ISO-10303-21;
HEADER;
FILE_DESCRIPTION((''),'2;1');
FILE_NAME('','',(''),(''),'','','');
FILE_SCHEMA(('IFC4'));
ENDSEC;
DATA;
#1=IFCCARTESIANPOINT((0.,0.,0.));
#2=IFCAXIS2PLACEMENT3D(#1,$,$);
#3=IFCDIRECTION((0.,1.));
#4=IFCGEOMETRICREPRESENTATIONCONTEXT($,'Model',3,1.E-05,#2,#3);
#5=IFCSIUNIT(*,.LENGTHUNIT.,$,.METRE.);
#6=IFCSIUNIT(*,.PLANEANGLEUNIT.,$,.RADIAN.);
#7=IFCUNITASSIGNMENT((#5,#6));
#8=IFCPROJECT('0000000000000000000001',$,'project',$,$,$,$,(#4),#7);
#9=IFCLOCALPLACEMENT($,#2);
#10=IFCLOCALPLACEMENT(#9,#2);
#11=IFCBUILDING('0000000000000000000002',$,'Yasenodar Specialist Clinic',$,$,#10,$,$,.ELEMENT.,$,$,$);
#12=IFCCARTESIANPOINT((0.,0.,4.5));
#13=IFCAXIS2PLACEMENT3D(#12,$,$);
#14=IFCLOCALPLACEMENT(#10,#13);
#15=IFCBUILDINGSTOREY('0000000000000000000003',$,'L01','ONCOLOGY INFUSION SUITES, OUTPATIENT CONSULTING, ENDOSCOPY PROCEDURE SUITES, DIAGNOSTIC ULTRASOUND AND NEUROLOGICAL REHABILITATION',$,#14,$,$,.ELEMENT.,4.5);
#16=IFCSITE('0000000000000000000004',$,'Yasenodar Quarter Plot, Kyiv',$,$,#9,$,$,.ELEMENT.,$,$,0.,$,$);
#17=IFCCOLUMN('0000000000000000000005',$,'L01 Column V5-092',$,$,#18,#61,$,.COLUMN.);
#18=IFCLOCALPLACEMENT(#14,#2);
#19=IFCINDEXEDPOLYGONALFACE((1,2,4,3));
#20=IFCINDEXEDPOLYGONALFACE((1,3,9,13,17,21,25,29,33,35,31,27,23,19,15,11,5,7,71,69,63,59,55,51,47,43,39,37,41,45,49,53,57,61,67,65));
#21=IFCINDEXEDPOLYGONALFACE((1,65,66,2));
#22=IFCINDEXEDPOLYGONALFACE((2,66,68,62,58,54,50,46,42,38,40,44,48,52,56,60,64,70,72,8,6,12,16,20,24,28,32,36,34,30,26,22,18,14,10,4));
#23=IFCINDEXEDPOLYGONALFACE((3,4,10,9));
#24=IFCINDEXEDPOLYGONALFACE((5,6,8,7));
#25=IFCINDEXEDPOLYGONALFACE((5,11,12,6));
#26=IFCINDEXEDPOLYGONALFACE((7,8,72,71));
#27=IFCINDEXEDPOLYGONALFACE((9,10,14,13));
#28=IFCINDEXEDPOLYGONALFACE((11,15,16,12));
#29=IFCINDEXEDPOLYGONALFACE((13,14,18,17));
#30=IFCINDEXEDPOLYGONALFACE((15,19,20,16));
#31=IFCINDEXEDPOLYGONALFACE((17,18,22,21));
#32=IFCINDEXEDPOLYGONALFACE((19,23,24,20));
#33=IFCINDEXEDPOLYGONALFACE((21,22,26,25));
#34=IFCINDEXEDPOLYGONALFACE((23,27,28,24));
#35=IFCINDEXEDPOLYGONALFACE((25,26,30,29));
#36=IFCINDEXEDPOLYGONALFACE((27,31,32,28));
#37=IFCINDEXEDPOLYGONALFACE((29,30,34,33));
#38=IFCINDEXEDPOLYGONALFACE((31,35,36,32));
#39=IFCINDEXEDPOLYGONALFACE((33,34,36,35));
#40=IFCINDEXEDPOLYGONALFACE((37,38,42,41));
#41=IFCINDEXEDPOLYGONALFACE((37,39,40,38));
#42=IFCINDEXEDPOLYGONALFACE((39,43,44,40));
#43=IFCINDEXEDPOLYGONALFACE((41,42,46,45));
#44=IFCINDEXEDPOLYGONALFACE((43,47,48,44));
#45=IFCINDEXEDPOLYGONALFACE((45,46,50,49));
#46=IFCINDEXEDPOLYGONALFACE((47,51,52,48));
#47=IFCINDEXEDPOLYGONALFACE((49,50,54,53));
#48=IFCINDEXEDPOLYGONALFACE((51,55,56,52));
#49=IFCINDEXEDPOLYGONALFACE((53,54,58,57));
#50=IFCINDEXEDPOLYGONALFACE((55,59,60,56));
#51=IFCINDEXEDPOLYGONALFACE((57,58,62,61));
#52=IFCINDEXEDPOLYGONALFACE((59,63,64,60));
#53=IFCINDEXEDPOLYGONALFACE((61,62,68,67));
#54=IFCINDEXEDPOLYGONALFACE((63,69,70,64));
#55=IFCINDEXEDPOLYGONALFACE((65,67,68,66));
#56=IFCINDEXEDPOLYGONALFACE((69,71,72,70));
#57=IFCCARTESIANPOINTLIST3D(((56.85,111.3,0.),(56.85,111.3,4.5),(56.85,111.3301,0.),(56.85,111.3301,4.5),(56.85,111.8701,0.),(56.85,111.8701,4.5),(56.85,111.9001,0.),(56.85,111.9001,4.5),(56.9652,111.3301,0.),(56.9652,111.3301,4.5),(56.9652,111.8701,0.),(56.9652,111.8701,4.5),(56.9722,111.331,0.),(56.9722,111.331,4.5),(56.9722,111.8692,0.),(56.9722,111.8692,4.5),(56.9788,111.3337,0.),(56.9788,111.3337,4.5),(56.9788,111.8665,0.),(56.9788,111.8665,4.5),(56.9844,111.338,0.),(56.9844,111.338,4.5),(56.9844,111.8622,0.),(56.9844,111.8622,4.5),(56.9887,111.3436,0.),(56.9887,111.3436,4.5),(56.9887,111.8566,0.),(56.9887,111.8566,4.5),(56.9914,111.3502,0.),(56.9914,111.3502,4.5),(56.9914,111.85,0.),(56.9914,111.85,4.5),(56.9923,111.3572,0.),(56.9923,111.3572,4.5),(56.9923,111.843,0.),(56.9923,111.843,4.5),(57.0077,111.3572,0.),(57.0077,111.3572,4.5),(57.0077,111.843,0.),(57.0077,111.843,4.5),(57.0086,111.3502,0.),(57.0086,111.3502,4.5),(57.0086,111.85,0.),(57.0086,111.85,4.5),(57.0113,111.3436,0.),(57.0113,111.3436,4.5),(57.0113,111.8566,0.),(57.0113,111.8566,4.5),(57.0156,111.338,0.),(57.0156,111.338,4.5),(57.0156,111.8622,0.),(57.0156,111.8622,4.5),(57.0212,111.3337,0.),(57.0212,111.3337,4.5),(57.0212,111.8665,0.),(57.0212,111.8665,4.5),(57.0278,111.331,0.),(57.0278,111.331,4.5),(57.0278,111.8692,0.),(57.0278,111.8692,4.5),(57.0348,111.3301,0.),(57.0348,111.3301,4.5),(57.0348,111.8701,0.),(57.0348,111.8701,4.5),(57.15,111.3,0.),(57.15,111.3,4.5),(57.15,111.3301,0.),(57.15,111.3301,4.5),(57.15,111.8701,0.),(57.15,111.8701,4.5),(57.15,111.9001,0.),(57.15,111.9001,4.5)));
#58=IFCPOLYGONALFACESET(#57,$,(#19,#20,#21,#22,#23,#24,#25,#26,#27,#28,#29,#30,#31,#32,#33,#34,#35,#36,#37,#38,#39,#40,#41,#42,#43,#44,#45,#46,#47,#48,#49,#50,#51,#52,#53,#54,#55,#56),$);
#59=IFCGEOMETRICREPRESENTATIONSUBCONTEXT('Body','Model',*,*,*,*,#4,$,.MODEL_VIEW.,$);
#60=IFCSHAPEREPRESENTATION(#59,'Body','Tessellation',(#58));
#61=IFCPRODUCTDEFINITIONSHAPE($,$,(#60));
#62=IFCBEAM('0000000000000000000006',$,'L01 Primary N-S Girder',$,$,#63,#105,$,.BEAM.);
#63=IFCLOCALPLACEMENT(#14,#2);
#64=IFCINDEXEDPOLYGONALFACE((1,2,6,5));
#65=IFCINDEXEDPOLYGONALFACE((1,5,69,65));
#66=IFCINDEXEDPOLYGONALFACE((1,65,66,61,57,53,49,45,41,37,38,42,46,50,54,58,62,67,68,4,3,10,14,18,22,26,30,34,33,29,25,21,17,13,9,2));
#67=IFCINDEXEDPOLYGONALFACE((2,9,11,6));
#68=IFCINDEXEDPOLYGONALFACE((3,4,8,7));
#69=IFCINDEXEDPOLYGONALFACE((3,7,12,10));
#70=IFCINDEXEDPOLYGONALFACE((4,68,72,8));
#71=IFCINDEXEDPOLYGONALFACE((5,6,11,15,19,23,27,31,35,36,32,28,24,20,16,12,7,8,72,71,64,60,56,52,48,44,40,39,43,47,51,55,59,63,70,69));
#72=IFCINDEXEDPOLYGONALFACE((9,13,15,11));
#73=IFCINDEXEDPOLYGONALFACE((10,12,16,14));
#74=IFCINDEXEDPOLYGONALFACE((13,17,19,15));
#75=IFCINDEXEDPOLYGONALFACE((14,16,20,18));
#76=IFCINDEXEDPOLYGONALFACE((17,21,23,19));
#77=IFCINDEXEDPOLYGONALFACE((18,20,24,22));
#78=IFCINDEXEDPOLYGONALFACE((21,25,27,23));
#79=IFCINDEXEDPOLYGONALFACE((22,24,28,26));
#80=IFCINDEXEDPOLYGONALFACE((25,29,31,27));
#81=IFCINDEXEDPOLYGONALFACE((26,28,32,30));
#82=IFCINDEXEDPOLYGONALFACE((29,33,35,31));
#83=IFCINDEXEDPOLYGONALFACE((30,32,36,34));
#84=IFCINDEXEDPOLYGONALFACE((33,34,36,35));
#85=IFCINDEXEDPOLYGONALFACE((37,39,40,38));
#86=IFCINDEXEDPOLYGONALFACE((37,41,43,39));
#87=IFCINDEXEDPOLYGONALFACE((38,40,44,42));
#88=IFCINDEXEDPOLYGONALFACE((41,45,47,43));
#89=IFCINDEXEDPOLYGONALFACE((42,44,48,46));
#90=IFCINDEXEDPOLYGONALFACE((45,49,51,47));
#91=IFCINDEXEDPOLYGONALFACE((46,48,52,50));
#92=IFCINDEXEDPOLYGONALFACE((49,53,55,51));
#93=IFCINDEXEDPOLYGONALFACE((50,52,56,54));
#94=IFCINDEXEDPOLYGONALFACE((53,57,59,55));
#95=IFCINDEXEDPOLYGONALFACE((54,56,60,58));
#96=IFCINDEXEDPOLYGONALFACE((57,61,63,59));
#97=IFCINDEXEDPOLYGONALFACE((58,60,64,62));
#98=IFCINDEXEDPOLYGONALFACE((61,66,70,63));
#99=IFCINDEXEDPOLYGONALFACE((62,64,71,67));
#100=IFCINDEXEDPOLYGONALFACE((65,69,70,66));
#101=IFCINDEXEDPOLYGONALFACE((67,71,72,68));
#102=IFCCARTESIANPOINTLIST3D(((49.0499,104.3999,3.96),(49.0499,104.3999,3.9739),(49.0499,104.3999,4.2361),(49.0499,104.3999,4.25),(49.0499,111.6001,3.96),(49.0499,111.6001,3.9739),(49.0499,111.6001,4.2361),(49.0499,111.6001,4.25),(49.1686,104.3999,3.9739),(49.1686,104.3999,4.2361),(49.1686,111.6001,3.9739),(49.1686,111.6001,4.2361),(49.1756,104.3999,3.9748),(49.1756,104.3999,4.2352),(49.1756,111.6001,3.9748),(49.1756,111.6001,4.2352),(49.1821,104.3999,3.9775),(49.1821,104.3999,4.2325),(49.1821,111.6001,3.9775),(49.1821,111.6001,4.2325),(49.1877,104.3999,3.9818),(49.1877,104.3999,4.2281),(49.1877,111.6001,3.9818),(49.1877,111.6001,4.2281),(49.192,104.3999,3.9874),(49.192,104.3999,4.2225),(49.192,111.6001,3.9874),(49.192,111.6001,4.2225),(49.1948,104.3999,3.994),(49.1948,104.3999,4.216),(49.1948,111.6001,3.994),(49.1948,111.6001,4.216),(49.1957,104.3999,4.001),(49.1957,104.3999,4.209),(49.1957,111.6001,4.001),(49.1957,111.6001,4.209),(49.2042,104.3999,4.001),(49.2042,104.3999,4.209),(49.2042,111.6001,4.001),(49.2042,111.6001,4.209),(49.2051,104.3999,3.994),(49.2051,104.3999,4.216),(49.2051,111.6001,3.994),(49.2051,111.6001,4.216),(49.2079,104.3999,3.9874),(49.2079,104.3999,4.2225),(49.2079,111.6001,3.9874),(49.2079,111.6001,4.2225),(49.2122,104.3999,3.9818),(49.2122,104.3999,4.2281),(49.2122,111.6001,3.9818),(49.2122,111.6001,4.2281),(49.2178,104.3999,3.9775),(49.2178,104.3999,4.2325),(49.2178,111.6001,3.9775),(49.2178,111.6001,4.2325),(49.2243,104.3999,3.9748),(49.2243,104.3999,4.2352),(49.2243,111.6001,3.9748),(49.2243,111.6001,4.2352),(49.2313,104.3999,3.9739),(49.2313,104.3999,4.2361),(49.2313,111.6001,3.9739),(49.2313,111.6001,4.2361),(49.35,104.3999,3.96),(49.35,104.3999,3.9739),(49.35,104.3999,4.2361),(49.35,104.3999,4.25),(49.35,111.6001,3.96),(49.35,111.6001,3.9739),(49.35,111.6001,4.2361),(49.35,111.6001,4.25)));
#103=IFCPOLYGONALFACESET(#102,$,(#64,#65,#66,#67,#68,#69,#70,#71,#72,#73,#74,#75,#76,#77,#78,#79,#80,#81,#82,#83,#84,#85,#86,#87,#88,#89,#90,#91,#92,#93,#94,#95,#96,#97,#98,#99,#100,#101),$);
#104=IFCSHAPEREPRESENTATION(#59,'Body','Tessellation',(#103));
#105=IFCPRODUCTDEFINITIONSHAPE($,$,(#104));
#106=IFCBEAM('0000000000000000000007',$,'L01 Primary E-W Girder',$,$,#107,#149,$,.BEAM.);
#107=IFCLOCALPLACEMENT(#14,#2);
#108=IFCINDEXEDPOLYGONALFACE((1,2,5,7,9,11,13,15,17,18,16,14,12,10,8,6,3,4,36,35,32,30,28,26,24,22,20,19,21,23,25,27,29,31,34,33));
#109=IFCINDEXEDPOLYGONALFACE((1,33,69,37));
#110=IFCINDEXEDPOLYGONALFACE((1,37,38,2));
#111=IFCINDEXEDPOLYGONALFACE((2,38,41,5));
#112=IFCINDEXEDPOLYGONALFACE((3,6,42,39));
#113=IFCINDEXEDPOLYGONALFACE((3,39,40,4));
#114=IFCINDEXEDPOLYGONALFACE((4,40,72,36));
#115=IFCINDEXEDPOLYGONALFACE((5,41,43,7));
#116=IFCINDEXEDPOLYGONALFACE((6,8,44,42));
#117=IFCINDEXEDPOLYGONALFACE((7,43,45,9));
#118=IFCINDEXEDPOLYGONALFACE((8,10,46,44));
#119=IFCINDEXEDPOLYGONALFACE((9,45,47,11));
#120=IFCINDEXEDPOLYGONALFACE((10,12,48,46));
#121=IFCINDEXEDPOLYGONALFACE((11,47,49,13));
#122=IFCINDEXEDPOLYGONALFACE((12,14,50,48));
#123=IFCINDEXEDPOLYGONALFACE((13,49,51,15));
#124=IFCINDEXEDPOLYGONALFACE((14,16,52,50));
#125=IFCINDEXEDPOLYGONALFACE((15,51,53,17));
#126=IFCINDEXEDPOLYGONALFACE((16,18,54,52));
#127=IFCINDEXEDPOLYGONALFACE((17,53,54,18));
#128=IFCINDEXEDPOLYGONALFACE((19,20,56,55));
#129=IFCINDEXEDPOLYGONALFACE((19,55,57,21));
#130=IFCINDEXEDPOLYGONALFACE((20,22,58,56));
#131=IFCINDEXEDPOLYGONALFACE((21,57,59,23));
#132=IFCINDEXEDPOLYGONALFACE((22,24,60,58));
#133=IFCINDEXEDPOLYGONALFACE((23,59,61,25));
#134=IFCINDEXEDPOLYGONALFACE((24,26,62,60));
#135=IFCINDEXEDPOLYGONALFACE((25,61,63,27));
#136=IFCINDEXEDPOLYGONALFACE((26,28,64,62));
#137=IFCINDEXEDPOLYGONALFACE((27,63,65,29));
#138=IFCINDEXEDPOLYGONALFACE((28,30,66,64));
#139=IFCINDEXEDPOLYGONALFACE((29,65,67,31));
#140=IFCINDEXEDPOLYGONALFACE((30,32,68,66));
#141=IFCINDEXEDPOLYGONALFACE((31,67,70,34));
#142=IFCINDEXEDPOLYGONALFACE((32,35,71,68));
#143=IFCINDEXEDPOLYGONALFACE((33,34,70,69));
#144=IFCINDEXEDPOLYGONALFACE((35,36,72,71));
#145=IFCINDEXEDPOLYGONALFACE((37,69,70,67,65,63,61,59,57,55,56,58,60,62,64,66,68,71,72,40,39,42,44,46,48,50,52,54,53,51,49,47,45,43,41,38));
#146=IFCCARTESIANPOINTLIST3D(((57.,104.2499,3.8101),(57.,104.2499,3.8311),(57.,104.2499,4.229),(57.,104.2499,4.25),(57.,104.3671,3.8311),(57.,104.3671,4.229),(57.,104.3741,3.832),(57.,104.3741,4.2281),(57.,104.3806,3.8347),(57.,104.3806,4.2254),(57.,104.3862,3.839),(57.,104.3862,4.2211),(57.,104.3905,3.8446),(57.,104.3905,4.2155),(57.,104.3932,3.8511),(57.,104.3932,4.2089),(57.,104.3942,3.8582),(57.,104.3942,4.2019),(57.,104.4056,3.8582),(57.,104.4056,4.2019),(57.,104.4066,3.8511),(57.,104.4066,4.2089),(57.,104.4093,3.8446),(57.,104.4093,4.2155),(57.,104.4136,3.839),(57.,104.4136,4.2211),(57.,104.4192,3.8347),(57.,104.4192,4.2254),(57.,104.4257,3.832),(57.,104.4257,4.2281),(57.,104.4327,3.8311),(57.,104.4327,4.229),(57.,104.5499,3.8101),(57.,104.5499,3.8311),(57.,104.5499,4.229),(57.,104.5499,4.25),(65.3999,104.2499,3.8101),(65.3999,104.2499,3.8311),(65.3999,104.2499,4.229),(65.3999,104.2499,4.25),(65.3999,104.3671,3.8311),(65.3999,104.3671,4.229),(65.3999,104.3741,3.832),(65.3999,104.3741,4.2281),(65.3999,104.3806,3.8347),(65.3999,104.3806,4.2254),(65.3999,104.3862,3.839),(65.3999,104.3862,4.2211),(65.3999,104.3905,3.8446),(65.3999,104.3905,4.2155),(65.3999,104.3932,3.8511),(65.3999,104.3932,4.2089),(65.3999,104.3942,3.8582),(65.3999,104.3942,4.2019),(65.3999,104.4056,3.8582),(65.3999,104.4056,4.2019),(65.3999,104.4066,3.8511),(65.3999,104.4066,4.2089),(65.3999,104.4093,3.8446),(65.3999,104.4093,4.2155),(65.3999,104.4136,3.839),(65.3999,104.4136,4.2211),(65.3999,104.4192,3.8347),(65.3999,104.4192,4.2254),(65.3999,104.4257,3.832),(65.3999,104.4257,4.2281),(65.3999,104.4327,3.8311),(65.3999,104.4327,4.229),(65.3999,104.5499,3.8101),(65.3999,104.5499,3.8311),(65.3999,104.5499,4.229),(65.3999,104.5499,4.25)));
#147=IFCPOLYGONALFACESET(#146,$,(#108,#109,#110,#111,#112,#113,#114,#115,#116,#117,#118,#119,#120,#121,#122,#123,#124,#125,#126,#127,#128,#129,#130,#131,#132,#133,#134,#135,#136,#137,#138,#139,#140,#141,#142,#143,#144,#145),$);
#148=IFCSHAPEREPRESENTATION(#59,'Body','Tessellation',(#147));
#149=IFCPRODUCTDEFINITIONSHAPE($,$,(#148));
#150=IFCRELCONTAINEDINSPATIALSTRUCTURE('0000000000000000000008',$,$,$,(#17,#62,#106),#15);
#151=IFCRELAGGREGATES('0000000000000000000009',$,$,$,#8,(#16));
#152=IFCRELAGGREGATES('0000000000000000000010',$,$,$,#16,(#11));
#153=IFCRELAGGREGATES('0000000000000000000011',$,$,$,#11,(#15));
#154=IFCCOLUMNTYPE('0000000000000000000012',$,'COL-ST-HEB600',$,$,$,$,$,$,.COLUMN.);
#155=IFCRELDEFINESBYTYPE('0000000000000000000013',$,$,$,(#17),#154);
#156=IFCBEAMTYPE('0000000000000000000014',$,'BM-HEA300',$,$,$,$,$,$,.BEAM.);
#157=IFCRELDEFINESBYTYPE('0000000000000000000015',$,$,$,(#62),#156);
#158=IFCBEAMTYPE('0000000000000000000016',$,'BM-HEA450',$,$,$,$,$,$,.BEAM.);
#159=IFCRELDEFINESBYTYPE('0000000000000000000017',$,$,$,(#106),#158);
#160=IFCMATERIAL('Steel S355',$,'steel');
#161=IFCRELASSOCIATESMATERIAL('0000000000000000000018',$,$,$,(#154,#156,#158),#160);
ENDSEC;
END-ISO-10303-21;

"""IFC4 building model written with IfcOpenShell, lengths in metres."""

from ifc_helpers import new_model, si_unit, direction, frame, origin, origin_2d, place, context, subcontext, project, spatial, i_section, extrude, material, material_profile, profile_set, type_object, element, save


model = new_model("IFC4")

# Units and contexts
model_context = context("Model", 3, precision=1e-05, world=origin(), true_north=direction((0.0, 1.0)))
body_context = subcontext(model_context, "Body", "Model", "MODEL_VIEW")
ifc_project = project(units=[si_unit("LENGTHUNIT", "METRE"), si_unit("PLANEANGLEUNIT", "RADIAN")], contexts=[model_context])

# Site, building, storey
site_placement = place(None, origin())
site = spatial("IfcSite", under=ifc_project, at=site_placement, Name="Yasenodar Quarter Plot, Kyiv", CompositionType="ELEMENT", RefElevation=0.0)
building_placement = place(site_placement, origin())
building = spatial("IfcBuilding", under=site, at=building_placement, Name="Yasenodar Specialist Clinic", CompositionType="ELEMENT")
storey_placement = place(building_placement, frame((0.0, 0.0, 4.5)))
storey = spatial("IfcBuildingStorey", under=building, at=storey_placement, Name="L01", Description="ONCOLOGY INFUSION SUITES, OUTPATIENT CONSULTING, ENDOSCOPY PROCEDURE SUITES, DIAGNOSTIC ULTRASOUND AND NEUROLOGICAL REHABILITATION", CompositionType="ELEMENT", Elevation=4.5)

# Column
ifc_material_1 = material(Name="Steel S355", Category="steel")
ifc_material_profile_1 = material_profile(ifc_material_1, i_section(OverallWidth=0.3, OverallDepth=0.6001, WebThickness=0.0154, FlangeThickness=0.03, FilletRadius=0.0271, at=origin_2d()), Name="HEB 600")
ifc_profile_set_1 = profile_set([ifc_material_profile_1], Name="Steel S355")
column_type_1 = type_object("IfcColumnType", Name="COL-ST-HEB600", PredefinedType="COLUMN", material=ifc_profile_set_1)
column_1_placement = place(storey_placement, frame((57.0, 111.6001, 0.0), z_axis=(0.0, 0.0, 1.0), x_axis=(1.0, 0.0, 0.0)))
element("IfcColumn", 1, at=column_1_placement, inside=storey, type_object=column_type_1, Name="L01 Column V5-092", PredefinedType="COLUMN", context=body_context, shape_type="SweptSolid", body=[
    extrude(i_section(OverallWidth=0.3, OverallDepth=0.6001, WebThickness=0.0154, FlangeThickness=0.03, FilletRadius=0.0271, at=origin_2d()), origin(), (0.0, 0.0, 1.0), 4.5),
])

# Beams
ifc_material_profile_2 = material_profile(ifc_material_1, i_section(OverallWidth=0.3, OverallDepth=0.29, WebThickness=0.0085, FlangeThickness=0.0139, FilletRadius=0.0271, at=origin_2d()), Name="HEA 300")
ifc_profile_set_2 = profile_set([ifc_material_profile_2], Name="Steel S355")
beam_type_1 = type_object("IfcBeamType", Name="BM-HEA300", PredefinedType="BEAM", material=ifc_profile_set_2)
beam_1_placement = place(storey_placement, frame((49.2, 104.3999, 4.105), z_axis=(0.0, 1.0, 0.0), x_axis=(-1.0, 0.0, 0.0)))
element("IfcBeam", 2, at=beam_1_placement, inside=storey, type_object=beam_type_1, Name="L01 Primary N-S Girder", PredefinedType="BEAM", context=body_context, shape_type="SweptSolid", body=[
    extrude(i_section(OverallWidth=0.3, OverallDepth=0.29, WebThickness=0.0085, FlangeThickness=0.0139, FilletRadius=0.0271, at=origin_2d()), origin(), (0.0, 0.0, 1.0), 7.2002),
])
ifc_material_profile_3 = material_profile(ifc_material_1, i_section(OverallWidth=0.3, OverallDepth=0.4399, WebThickness=0.0115, FlangeThickness=0.021, FilletRadius=0.0271, at=origin_2d()), Name="HEA 450")
ifc_profile_set_3 = profile_set([ifc_material_profile_3], Name="Steel S355")
beam_type_2 = type_object("IfcBeamType", Name="BM-HEA450", PredefinedType="BEAM", material=ifc_profile_set_3)
beam_2_placement = place(storey_placement, frame((57.0, 104.3999, 4.03), z_axis=(1.0, 0.0, 0.0), x_axis=(0.0, 1.0, 0.0)))
element("IfcBeam", 3, at=beam_2_placement, inside=storey, type_object=beam_type_2, Name="L01 Primary E-W Girder", PredefinedType="BEAM", context=body_context, shape_type="SweptSolid", body=[
    extrude(i_section(OverallWidth=0.3, OverallDepth=0.4399, WebThickness=0.0115, FlangeThickness=0.021, FilletRadius=0.0271, at=origin_2d()), origin(), (0.0, 0.0, 1.0), 8.3999),
])

save(model, "model.ifc")
